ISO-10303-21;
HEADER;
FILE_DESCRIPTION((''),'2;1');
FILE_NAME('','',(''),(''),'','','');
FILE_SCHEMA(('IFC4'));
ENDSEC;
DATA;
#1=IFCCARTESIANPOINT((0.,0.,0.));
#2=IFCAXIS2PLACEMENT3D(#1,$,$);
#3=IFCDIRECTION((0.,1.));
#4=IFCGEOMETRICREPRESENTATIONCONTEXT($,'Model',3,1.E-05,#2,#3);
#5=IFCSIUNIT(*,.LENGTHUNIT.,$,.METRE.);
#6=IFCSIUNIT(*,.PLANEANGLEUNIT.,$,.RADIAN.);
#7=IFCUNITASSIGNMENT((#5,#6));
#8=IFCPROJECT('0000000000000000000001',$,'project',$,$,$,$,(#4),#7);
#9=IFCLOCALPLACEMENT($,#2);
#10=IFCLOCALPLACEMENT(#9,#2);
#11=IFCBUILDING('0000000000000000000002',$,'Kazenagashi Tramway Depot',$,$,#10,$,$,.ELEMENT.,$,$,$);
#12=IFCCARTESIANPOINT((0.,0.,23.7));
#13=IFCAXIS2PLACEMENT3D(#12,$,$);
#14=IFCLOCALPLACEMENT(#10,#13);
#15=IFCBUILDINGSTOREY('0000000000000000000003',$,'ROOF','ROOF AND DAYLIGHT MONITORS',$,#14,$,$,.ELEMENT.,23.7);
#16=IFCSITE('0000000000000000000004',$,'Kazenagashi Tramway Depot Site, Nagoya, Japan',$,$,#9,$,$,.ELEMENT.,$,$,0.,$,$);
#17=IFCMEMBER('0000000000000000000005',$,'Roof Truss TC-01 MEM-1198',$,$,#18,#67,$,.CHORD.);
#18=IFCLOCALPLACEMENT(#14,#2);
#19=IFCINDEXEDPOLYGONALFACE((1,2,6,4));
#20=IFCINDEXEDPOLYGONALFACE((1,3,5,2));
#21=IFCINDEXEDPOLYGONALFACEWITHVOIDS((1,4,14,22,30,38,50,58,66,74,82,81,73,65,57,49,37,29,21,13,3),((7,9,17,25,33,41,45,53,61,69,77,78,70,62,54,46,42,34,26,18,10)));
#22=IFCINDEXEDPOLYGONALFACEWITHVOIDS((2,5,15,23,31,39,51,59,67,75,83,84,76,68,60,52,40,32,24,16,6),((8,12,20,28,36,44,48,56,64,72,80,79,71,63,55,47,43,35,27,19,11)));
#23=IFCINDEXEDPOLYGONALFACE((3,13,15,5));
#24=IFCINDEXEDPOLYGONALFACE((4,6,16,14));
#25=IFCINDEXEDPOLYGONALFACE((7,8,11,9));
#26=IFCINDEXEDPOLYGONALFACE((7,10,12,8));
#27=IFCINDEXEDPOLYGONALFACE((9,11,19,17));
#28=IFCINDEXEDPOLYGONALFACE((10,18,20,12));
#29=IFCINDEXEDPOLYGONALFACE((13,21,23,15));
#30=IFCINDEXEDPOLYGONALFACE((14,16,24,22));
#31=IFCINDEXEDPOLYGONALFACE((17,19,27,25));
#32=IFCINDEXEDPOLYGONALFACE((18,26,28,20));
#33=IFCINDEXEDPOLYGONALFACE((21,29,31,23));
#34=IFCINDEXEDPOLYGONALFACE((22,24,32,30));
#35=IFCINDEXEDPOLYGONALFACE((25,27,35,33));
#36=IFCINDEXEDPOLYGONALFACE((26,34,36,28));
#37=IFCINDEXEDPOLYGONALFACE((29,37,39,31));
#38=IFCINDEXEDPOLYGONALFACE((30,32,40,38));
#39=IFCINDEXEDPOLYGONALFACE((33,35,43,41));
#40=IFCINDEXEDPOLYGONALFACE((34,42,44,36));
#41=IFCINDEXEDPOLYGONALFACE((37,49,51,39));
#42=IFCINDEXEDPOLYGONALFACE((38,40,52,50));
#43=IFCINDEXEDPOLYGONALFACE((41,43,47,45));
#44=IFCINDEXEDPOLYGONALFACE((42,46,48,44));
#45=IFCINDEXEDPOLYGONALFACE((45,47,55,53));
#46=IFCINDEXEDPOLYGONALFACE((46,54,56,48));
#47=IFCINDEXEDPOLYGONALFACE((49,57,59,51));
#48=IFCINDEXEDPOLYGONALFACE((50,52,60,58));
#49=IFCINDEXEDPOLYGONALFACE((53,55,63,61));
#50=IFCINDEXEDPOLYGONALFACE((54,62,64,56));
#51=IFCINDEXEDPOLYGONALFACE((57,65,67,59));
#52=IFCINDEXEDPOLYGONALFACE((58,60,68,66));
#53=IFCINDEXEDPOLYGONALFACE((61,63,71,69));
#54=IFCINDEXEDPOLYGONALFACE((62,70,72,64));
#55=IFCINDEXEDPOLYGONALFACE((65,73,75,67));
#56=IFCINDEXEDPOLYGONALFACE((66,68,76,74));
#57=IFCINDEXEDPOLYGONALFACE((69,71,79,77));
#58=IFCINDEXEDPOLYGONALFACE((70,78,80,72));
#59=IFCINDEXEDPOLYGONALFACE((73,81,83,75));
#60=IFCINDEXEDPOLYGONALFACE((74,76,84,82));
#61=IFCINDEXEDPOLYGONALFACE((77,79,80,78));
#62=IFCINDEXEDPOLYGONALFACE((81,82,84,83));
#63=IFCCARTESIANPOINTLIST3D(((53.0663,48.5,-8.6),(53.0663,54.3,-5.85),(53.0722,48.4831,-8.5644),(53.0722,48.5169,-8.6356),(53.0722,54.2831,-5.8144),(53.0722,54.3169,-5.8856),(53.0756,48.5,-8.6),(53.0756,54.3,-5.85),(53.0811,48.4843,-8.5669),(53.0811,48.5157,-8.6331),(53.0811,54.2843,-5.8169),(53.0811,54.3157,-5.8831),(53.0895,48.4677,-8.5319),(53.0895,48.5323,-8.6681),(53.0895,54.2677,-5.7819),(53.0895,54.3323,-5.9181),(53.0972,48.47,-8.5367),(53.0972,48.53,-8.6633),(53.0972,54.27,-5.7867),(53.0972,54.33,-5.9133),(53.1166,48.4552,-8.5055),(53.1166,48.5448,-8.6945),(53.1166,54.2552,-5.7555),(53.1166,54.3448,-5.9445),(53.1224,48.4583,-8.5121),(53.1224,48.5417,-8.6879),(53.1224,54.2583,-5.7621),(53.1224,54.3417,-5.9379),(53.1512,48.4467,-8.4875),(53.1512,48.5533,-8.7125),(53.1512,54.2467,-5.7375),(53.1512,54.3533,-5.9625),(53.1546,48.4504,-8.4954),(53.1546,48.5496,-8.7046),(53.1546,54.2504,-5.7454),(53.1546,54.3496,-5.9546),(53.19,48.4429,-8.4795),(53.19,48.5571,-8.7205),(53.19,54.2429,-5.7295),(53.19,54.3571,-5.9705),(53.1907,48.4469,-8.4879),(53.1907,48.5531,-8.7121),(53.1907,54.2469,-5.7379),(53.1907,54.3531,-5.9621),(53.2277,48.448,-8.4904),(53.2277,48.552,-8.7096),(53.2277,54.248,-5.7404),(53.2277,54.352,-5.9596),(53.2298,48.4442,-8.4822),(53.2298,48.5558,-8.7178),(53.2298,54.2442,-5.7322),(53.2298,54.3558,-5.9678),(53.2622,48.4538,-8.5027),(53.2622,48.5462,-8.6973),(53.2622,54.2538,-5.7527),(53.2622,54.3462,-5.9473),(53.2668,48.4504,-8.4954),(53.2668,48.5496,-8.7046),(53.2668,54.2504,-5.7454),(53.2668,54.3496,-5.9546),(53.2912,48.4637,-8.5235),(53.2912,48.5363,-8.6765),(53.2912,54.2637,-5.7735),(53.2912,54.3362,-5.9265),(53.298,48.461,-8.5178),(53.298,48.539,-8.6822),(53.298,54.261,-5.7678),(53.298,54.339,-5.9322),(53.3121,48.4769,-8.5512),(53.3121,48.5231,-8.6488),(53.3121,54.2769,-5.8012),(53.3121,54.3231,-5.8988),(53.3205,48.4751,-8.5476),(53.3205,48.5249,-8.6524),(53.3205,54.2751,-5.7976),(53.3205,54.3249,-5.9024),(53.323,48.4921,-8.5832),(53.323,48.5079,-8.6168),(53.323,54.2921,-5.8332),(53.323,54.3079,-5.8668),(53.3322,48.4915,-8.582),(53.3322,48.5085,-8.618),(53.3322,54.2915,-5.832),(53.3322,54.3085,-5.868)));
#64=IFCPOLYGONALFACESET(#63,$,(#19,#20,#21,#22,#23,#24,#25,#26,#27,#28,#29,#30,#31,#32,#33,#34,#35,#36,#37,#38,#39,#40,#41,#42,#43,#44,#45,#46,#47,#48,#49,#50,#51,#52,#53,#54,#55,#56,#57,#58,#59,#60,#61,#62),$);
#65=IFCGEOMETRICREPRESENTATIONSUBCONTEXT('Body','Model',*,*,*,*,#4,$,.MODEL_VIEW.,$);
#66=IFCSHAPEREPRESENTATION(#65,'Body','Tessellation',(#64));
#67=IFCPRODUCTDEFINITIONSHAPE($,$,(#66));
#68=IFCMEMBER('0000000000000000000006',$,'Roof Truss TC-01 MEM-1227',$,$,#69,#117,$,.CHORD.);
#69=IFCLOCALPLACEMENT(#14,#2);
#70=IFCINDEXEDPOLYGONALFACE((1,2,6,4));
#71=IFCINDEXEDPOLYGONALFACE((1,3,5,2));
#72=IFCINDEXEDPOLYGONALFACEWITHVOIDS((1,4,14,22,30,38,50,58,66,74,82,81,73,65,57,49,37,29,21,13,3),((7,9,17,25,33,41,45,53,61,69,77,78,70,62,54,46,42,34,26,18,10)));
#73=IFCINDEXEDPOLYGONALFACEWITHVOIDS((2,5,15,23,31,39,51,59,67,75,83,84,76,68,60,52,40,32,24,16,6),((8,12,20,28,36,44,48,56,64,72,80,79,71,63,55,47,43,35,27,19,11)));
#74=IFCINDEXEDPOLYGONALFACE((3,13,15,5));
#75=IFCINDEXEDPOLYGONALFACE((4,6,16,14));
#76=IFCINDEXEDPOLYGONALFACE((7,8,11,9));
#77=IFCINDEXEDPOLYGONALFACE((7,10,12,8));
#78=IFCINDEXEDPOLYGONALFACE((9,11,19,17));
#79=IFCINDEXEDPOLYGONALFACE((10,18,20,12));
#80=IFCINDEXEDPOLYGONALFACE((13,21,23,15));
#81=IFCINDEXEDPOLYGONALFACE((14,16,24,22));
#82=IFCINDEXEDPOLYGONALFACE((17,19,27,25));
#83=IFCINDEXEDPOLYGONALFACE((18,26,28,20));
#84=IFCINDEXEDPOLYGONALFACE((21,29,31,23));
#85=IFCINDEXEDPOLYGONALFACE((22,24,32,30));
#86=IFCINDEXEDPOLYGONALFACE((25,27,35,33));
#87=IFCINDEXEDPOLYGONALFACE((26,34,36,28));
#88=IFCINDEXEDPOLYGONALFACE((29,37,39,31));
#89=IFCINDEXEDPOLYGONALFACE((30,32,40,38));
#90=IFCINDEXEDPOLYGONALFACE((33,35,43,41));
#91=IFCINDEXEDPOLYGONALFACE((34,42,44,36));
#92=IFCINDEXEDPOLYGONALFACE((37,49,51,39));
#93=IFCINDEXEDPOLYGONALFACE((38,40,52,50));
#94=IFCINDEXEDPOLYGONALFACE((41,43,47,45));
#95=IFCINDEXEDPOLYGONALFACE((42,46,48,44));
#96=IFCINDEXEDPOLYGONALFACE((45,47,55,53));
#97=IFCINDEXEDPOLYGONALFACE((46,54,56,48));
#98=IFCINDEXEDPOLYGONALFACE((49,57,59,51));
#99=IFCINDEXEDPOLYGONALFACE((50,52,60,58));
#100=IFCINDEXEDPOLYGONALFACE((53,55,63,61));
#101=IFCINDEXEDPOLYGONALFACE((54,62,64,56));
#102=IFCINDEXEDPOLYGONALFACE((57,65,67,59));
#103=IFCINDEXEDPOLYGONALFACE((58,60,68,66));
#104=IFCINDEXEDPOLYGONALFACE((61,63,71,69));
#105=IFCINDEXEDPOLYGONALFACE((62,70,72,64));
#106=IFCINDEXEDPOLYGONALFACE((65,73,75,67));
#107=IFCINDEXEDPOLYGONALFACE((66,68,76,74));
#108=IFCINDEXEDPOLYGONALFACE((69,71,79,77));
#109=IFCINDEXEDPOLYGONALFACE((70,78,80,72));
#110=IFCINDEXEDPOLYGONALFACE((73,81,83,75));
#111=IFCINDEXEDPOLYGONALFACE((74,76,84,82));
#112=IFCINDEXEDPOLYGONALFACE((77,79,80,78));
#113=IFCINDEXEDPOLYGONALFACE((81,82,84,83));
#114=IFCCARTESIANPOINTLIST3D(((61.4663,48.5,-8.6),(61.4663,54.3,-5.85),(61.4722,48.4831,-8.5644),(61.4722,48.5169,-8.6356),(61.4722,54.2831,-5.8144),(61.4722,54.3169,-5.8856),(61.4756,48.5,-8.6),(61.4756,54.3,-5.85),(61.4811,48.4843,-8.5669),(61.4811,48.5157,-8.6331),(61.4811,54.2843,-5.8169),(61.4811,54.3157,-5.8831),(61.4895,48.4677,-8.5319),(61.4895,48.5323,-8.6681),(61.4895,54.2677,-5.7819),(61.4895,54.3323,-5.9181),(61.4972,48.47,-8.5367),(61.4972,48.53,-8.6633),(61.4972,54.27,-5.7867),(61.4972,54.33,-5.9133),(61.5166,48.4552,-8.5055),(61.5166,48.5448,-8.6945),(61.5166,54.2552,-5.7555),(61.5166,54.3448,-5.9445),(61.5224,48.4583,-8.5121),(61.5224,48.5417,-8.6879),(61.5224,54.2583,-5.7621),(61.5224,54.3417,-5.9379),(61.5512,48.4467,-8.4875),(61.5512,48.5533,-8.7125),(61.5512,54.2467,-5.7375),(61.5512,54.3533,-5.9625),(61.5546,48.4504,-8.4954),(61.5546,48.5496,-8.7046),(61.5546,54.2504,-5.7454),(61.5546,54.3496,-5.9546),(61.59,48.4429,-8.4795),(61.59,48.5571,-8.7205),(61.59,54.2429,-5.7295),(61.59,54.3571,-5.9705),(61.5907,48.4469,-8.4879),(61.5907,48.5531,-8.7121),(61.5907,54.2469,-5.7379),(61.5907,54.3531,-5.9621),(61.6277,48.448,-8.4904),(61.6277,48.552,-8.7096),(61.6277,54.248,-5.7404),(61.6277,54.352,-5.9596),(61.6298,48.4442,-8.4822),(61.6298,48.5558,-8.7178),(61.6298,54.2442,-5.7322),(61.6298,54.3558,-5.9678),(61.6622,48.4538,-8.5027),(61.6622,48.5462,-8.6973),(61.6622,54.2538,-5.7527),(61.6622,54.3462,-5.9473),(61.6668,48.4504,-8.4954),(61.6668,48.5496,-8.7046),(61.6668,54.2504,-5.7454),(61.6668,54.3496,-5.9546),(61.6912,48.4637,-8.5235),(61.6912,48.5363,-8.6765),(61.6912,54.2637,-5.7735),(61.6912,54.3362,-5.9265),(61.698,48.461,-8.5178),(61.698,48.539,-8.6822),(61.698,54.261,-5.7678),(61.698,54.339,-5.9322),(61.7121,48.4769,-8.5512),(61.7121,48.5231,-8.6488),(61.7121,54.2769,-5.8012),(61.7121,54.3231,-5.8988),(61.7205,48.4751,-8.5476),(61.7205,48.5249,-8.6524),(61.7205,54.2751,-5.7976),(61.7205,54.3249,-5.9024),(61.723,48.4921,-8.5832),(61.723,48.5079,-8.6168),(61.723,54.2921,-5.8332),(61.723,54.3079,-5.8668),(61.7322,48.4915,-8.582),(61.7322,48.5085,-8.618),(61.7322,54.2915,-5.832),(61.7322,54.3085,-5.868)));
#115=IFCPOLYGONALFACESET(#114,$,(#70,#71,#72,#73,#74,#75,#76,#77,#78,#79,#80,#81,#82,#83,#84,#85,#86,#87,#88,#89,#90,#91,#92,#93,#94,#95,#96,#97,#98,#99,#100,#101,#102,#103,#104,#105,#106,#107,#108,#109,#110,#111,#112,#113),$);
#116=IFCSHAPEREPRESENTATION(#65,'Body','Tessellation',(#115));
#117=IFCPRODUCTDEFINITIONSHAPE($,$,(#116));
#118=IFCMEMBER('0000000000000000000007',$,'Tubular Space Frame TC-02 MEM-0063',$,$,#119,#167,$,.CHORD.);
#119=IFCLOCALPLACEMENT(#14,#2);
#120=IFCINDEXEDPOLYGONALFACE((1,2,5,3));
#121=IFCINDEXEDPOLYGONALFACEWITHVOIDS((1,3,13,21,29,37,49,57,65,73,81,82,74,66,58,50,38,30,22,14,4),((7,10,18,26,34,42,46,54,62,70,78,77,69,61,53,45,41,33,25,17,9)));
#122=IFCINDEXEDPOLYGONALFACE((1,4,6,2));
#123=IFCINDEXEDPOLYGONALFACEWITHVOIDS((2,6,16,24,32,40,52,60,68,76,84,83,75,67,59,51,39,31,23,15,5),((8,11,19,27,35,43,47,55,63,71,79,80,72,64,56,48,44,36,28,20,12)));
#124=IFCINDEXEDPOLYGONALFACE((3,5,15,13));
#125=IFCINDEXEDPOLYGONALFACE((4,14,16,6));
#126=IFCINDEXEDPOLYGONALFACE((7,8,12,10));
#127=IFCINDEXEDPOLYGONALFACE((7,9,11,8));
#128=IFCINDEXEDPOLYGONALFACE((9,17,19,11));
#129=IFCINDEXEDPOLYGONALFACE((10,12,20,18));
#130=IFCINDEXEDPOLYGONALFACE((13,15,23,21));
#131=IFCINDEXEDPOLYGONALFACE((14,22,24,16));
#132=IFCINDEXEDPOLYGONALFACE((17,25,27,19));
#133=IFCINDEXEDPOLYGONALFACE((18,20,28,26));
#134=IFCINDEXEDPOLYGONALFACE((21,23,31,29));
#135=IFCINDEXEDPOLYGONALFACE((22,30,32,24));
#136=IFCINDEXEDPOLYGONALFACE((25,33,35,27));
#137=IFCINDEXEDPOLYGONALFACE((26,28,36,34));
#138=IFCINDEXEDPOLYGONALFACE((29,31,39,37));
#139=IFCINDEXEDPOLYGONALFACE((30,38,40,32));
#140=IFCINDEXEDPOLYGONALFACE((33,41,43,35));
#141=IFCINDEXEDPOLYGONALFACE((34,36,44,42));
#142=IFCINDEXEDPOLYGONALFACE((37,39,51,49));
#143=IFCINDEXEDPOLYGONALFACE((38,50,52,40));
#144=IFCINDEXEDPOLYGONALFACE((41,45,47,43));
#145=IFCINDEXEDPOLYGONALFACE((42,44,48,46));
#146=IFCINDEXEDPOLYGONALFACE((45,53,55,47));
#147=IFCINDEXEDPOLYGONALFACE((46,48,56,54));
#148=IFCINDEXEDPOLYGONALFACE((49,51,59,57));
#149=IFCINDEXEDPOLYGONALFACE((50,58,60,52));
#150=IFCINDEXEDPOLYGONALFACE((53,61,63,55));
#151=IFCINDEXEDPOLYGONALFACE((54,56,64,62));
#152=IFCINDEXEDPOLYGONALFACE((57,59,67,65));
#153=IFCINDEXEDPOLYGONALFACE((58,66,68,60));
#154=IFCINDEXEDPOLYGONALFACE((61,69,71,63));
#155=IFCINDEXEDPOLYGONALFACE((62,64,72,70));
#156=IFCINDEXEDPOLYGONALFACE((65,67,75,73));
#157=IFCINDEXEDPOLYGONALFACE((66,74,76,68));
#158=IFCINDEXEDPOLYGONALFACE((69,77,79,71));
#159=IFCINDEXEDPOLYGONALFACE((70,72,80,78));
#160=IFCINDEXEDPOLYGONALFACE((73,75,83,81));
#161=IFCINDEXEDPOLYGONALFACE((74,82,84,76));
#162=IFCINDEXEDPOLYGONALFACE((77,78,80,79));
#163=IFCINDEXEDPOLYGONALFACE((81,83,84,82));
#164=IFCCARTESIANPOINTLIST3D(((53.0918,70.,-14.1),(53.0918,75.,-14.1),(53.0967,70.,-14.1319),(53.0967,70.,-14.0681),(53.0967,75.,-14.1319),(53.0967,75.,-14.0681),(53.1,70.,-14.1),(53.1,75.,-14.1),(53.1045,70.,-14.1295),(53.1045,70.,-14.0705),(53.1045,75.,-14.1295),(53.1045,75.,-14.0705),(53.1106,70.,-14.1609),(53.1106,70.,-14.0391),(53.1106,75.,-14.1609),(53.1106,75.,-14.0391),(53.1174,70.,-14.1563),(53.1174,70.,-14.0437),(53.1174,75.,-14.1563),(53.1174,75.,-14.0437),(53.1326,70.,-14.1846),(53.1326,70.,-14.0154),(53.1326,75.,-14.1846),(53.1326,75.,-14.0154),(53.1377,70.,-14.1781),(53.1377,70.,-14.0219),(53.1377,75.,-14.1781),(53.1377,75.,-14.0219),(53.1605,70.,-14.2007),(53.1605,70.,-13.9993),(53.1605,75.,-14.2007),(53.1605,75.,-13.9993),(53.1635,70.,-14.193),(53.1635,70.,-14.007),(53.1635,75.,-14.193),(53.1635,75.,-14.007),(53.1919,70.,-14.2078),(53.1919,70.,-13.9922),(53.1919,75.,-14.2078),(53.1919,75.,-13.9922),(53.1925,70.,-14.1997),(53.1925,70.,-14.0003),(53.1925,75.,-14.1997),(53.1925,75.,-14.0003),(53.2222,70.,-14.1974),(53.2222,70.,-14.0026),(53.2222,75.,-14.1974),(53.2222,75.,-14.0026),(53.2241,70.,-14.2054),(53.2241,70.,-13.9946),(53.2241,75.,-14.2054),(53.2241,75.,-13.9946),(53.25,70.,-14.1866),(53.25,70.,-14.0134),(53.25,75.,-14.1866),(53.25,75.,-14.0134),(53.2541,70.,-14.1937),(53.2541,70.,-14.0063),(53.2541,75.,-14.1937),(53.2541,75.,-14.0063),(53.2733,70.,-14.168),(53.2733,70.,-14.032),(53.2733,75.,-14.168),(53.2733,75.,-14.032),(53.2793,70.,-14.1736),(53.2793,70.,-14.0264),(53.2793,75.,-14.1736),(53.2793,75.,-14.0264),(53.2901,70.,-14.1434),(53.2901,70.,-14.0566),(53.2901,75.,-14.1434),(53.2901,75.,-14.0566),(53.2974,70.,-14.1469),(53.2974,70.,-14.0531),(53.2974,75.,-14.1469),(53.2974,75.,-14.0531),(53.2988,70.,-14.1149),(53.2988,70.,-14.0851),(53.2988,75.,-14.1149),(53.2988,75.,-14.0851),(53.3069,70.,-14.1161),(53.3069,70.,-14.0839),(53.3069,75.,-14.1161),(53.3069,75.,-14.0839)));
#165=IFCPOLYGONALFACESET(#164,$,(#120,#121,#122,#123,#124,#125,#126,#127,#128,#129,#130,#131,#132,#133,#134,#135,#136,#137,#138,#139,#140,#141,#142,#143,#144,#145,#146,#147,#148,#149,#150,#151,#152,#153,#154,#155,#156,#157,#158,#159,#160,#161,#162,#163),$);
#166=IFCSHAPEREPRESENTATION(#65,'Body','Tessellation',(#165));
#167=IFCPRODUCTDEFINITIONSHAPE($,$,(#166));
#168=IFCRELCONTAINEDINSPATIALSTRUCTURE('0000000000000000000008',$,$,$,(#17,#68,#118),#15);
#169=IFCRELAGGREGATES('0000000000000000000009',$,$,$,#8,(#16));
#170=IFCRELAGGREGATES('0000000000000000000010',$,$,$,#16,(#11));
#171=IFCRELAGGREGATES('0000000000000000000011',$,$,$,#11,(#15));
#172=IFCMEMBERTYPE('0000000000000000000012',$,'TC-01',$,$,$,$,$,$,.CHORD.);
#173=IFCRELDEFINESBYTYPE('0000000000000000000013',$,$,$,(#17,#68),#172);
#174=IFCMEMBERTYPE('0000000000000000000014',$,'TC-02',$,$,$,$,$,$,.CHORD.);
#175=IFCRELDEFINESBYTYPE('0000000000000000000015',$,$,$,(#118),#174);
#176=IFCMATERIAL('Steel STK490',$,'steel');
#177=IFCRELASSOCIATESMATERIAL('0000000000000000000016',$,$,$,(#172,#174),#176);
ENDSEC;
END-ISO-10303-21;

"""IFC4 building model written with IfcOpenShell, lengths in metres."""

from ifc_helpers import new_model, si_unit, direction, frame, origin, origin_2d, place, context, subcontext, project, spatial, hollow_circle, extrude, material, material_profile, profile_set, type_object, element, save


model = new_model("IFC4")

# Units and contexts
model_context = context("Model", 3, precision=1e-05, world=origin(), true_north=direction((0.0, 1.0)))
body_context = subcontext(model_context, "Body", "Model", "MODEL_VIEW")
ifc_project = project(units=[si_unit("LENGTHUNIT", "METRE"), si_unit("PLANEANGLEUNIT", "RADIAN")], contexts=[model_context])

# Site, building, storey
site_placement = place(None, origin())
site = spatial("IfcSite", under=ifc_project, at=site_placement, Name="Kazenagashi Tramway Depot Site, Nagoya, Japan", CompositionType="ELEMENT", RefElevation=0.0)
building_placement = place(site_placement, origin())
building = spatial("IfcBuilding", under=site, at=building_placement, Name="Kazenagashi Tramway Depot", CompositionType="ELEMENT")
storey_placement = place(building_placement, frame((0.0, 0.0, 23.7)))
storey = spatial("IfcBuildingStorey", under=building, at=storey_placement, Name="ROOF", Description="ROOF AND DAYLIGHT MONITORS", CompositionType="ELEMENT", Elevation=23.7)

# Members
ifc_material_1 = material(Name="Steel STK490", Category="steel")
ifc_material_profile_1 = material_profile(ifc_material_1, hollow_circle(Radius=0.1337, WallThickness=0.0093, at=origin_2d()), Name="CHS-267.4x9.3")
ifc_profile_set_1 = profile_set([ifc_material_profile_1], Name="Steel STK490")
member_type_1 = type_object("IfcMemberType", Name="TC-01", PredefinedType="CHORD", material=ifc_profile_set_1)
for number, where, z_axis, x_axis, name in (
    (1, (53.2, 48.5, -8.6), (0.0, 0.903579, 0.428421), (-1.0, 0.0, 0.0), "Roof Truss TC-01 MEM-1198"),
    (2, (61.6, 48.5, -8.6), (0.0, 0.903579, 0.428421), (-1.0, 0.0, 0.0), "Roof Truss TC-01 MEM-1227"),
):
    element("IfcMember", number, at=place(storey_placement, frame(where, z_axis=z_axis, x_axis=x_axis)), inside=storey, type_object=member_type_1, Name=name, PredefinedType="CHORD", context=body_context, shape_type="SweptSolid", body=[
        extrude(hollow_circle(Radius=0.1337, WallThickness=0.0093, at=origin_2d()), origin(), (0.0, 0.0, 1.0), 6.4189),
    ])
ifc_material_profile_2 = material_profile(ifc_material_1, hollow_circle(Radius=0.1081, WallThickness=0.0082, at=origin_2d()), Name="CHS-216.3x8.2")
ifc_profile_set_2 = profile_set([ifc_material_profile_2], Name="Steel STK490")
member_type_2 = type_object("IfcMemberType", Name="TC-02", PredefinedType="CHORD", material=ifc_profile_set_2)
for number, where, z_axis, x_axis, name in (
    (3, (53.2, 70.0, -14.1), (0.0, 1.0, 0.0), (-1.0, 0.0, 0.0), "Tubular Space Frame TC-02 MEM-0063"),
):
    element("IfcMember", number, at=place(storey_placement, frame(where, z_axis=z_axis, x_axis=x_axis)), inside=storey, type_object=member_type_2, Name=name, PredefinedType="CHORD", context=body_context, shape_type="SweptSolid", body=[
        extrude(hollow_circle(Radius=0.1081, WallThickness=0.0082, at=origin_2d()), origin(), (0.0, 0.0, 1.0), 5.0),
    ])

save(model, "model.ifc")
